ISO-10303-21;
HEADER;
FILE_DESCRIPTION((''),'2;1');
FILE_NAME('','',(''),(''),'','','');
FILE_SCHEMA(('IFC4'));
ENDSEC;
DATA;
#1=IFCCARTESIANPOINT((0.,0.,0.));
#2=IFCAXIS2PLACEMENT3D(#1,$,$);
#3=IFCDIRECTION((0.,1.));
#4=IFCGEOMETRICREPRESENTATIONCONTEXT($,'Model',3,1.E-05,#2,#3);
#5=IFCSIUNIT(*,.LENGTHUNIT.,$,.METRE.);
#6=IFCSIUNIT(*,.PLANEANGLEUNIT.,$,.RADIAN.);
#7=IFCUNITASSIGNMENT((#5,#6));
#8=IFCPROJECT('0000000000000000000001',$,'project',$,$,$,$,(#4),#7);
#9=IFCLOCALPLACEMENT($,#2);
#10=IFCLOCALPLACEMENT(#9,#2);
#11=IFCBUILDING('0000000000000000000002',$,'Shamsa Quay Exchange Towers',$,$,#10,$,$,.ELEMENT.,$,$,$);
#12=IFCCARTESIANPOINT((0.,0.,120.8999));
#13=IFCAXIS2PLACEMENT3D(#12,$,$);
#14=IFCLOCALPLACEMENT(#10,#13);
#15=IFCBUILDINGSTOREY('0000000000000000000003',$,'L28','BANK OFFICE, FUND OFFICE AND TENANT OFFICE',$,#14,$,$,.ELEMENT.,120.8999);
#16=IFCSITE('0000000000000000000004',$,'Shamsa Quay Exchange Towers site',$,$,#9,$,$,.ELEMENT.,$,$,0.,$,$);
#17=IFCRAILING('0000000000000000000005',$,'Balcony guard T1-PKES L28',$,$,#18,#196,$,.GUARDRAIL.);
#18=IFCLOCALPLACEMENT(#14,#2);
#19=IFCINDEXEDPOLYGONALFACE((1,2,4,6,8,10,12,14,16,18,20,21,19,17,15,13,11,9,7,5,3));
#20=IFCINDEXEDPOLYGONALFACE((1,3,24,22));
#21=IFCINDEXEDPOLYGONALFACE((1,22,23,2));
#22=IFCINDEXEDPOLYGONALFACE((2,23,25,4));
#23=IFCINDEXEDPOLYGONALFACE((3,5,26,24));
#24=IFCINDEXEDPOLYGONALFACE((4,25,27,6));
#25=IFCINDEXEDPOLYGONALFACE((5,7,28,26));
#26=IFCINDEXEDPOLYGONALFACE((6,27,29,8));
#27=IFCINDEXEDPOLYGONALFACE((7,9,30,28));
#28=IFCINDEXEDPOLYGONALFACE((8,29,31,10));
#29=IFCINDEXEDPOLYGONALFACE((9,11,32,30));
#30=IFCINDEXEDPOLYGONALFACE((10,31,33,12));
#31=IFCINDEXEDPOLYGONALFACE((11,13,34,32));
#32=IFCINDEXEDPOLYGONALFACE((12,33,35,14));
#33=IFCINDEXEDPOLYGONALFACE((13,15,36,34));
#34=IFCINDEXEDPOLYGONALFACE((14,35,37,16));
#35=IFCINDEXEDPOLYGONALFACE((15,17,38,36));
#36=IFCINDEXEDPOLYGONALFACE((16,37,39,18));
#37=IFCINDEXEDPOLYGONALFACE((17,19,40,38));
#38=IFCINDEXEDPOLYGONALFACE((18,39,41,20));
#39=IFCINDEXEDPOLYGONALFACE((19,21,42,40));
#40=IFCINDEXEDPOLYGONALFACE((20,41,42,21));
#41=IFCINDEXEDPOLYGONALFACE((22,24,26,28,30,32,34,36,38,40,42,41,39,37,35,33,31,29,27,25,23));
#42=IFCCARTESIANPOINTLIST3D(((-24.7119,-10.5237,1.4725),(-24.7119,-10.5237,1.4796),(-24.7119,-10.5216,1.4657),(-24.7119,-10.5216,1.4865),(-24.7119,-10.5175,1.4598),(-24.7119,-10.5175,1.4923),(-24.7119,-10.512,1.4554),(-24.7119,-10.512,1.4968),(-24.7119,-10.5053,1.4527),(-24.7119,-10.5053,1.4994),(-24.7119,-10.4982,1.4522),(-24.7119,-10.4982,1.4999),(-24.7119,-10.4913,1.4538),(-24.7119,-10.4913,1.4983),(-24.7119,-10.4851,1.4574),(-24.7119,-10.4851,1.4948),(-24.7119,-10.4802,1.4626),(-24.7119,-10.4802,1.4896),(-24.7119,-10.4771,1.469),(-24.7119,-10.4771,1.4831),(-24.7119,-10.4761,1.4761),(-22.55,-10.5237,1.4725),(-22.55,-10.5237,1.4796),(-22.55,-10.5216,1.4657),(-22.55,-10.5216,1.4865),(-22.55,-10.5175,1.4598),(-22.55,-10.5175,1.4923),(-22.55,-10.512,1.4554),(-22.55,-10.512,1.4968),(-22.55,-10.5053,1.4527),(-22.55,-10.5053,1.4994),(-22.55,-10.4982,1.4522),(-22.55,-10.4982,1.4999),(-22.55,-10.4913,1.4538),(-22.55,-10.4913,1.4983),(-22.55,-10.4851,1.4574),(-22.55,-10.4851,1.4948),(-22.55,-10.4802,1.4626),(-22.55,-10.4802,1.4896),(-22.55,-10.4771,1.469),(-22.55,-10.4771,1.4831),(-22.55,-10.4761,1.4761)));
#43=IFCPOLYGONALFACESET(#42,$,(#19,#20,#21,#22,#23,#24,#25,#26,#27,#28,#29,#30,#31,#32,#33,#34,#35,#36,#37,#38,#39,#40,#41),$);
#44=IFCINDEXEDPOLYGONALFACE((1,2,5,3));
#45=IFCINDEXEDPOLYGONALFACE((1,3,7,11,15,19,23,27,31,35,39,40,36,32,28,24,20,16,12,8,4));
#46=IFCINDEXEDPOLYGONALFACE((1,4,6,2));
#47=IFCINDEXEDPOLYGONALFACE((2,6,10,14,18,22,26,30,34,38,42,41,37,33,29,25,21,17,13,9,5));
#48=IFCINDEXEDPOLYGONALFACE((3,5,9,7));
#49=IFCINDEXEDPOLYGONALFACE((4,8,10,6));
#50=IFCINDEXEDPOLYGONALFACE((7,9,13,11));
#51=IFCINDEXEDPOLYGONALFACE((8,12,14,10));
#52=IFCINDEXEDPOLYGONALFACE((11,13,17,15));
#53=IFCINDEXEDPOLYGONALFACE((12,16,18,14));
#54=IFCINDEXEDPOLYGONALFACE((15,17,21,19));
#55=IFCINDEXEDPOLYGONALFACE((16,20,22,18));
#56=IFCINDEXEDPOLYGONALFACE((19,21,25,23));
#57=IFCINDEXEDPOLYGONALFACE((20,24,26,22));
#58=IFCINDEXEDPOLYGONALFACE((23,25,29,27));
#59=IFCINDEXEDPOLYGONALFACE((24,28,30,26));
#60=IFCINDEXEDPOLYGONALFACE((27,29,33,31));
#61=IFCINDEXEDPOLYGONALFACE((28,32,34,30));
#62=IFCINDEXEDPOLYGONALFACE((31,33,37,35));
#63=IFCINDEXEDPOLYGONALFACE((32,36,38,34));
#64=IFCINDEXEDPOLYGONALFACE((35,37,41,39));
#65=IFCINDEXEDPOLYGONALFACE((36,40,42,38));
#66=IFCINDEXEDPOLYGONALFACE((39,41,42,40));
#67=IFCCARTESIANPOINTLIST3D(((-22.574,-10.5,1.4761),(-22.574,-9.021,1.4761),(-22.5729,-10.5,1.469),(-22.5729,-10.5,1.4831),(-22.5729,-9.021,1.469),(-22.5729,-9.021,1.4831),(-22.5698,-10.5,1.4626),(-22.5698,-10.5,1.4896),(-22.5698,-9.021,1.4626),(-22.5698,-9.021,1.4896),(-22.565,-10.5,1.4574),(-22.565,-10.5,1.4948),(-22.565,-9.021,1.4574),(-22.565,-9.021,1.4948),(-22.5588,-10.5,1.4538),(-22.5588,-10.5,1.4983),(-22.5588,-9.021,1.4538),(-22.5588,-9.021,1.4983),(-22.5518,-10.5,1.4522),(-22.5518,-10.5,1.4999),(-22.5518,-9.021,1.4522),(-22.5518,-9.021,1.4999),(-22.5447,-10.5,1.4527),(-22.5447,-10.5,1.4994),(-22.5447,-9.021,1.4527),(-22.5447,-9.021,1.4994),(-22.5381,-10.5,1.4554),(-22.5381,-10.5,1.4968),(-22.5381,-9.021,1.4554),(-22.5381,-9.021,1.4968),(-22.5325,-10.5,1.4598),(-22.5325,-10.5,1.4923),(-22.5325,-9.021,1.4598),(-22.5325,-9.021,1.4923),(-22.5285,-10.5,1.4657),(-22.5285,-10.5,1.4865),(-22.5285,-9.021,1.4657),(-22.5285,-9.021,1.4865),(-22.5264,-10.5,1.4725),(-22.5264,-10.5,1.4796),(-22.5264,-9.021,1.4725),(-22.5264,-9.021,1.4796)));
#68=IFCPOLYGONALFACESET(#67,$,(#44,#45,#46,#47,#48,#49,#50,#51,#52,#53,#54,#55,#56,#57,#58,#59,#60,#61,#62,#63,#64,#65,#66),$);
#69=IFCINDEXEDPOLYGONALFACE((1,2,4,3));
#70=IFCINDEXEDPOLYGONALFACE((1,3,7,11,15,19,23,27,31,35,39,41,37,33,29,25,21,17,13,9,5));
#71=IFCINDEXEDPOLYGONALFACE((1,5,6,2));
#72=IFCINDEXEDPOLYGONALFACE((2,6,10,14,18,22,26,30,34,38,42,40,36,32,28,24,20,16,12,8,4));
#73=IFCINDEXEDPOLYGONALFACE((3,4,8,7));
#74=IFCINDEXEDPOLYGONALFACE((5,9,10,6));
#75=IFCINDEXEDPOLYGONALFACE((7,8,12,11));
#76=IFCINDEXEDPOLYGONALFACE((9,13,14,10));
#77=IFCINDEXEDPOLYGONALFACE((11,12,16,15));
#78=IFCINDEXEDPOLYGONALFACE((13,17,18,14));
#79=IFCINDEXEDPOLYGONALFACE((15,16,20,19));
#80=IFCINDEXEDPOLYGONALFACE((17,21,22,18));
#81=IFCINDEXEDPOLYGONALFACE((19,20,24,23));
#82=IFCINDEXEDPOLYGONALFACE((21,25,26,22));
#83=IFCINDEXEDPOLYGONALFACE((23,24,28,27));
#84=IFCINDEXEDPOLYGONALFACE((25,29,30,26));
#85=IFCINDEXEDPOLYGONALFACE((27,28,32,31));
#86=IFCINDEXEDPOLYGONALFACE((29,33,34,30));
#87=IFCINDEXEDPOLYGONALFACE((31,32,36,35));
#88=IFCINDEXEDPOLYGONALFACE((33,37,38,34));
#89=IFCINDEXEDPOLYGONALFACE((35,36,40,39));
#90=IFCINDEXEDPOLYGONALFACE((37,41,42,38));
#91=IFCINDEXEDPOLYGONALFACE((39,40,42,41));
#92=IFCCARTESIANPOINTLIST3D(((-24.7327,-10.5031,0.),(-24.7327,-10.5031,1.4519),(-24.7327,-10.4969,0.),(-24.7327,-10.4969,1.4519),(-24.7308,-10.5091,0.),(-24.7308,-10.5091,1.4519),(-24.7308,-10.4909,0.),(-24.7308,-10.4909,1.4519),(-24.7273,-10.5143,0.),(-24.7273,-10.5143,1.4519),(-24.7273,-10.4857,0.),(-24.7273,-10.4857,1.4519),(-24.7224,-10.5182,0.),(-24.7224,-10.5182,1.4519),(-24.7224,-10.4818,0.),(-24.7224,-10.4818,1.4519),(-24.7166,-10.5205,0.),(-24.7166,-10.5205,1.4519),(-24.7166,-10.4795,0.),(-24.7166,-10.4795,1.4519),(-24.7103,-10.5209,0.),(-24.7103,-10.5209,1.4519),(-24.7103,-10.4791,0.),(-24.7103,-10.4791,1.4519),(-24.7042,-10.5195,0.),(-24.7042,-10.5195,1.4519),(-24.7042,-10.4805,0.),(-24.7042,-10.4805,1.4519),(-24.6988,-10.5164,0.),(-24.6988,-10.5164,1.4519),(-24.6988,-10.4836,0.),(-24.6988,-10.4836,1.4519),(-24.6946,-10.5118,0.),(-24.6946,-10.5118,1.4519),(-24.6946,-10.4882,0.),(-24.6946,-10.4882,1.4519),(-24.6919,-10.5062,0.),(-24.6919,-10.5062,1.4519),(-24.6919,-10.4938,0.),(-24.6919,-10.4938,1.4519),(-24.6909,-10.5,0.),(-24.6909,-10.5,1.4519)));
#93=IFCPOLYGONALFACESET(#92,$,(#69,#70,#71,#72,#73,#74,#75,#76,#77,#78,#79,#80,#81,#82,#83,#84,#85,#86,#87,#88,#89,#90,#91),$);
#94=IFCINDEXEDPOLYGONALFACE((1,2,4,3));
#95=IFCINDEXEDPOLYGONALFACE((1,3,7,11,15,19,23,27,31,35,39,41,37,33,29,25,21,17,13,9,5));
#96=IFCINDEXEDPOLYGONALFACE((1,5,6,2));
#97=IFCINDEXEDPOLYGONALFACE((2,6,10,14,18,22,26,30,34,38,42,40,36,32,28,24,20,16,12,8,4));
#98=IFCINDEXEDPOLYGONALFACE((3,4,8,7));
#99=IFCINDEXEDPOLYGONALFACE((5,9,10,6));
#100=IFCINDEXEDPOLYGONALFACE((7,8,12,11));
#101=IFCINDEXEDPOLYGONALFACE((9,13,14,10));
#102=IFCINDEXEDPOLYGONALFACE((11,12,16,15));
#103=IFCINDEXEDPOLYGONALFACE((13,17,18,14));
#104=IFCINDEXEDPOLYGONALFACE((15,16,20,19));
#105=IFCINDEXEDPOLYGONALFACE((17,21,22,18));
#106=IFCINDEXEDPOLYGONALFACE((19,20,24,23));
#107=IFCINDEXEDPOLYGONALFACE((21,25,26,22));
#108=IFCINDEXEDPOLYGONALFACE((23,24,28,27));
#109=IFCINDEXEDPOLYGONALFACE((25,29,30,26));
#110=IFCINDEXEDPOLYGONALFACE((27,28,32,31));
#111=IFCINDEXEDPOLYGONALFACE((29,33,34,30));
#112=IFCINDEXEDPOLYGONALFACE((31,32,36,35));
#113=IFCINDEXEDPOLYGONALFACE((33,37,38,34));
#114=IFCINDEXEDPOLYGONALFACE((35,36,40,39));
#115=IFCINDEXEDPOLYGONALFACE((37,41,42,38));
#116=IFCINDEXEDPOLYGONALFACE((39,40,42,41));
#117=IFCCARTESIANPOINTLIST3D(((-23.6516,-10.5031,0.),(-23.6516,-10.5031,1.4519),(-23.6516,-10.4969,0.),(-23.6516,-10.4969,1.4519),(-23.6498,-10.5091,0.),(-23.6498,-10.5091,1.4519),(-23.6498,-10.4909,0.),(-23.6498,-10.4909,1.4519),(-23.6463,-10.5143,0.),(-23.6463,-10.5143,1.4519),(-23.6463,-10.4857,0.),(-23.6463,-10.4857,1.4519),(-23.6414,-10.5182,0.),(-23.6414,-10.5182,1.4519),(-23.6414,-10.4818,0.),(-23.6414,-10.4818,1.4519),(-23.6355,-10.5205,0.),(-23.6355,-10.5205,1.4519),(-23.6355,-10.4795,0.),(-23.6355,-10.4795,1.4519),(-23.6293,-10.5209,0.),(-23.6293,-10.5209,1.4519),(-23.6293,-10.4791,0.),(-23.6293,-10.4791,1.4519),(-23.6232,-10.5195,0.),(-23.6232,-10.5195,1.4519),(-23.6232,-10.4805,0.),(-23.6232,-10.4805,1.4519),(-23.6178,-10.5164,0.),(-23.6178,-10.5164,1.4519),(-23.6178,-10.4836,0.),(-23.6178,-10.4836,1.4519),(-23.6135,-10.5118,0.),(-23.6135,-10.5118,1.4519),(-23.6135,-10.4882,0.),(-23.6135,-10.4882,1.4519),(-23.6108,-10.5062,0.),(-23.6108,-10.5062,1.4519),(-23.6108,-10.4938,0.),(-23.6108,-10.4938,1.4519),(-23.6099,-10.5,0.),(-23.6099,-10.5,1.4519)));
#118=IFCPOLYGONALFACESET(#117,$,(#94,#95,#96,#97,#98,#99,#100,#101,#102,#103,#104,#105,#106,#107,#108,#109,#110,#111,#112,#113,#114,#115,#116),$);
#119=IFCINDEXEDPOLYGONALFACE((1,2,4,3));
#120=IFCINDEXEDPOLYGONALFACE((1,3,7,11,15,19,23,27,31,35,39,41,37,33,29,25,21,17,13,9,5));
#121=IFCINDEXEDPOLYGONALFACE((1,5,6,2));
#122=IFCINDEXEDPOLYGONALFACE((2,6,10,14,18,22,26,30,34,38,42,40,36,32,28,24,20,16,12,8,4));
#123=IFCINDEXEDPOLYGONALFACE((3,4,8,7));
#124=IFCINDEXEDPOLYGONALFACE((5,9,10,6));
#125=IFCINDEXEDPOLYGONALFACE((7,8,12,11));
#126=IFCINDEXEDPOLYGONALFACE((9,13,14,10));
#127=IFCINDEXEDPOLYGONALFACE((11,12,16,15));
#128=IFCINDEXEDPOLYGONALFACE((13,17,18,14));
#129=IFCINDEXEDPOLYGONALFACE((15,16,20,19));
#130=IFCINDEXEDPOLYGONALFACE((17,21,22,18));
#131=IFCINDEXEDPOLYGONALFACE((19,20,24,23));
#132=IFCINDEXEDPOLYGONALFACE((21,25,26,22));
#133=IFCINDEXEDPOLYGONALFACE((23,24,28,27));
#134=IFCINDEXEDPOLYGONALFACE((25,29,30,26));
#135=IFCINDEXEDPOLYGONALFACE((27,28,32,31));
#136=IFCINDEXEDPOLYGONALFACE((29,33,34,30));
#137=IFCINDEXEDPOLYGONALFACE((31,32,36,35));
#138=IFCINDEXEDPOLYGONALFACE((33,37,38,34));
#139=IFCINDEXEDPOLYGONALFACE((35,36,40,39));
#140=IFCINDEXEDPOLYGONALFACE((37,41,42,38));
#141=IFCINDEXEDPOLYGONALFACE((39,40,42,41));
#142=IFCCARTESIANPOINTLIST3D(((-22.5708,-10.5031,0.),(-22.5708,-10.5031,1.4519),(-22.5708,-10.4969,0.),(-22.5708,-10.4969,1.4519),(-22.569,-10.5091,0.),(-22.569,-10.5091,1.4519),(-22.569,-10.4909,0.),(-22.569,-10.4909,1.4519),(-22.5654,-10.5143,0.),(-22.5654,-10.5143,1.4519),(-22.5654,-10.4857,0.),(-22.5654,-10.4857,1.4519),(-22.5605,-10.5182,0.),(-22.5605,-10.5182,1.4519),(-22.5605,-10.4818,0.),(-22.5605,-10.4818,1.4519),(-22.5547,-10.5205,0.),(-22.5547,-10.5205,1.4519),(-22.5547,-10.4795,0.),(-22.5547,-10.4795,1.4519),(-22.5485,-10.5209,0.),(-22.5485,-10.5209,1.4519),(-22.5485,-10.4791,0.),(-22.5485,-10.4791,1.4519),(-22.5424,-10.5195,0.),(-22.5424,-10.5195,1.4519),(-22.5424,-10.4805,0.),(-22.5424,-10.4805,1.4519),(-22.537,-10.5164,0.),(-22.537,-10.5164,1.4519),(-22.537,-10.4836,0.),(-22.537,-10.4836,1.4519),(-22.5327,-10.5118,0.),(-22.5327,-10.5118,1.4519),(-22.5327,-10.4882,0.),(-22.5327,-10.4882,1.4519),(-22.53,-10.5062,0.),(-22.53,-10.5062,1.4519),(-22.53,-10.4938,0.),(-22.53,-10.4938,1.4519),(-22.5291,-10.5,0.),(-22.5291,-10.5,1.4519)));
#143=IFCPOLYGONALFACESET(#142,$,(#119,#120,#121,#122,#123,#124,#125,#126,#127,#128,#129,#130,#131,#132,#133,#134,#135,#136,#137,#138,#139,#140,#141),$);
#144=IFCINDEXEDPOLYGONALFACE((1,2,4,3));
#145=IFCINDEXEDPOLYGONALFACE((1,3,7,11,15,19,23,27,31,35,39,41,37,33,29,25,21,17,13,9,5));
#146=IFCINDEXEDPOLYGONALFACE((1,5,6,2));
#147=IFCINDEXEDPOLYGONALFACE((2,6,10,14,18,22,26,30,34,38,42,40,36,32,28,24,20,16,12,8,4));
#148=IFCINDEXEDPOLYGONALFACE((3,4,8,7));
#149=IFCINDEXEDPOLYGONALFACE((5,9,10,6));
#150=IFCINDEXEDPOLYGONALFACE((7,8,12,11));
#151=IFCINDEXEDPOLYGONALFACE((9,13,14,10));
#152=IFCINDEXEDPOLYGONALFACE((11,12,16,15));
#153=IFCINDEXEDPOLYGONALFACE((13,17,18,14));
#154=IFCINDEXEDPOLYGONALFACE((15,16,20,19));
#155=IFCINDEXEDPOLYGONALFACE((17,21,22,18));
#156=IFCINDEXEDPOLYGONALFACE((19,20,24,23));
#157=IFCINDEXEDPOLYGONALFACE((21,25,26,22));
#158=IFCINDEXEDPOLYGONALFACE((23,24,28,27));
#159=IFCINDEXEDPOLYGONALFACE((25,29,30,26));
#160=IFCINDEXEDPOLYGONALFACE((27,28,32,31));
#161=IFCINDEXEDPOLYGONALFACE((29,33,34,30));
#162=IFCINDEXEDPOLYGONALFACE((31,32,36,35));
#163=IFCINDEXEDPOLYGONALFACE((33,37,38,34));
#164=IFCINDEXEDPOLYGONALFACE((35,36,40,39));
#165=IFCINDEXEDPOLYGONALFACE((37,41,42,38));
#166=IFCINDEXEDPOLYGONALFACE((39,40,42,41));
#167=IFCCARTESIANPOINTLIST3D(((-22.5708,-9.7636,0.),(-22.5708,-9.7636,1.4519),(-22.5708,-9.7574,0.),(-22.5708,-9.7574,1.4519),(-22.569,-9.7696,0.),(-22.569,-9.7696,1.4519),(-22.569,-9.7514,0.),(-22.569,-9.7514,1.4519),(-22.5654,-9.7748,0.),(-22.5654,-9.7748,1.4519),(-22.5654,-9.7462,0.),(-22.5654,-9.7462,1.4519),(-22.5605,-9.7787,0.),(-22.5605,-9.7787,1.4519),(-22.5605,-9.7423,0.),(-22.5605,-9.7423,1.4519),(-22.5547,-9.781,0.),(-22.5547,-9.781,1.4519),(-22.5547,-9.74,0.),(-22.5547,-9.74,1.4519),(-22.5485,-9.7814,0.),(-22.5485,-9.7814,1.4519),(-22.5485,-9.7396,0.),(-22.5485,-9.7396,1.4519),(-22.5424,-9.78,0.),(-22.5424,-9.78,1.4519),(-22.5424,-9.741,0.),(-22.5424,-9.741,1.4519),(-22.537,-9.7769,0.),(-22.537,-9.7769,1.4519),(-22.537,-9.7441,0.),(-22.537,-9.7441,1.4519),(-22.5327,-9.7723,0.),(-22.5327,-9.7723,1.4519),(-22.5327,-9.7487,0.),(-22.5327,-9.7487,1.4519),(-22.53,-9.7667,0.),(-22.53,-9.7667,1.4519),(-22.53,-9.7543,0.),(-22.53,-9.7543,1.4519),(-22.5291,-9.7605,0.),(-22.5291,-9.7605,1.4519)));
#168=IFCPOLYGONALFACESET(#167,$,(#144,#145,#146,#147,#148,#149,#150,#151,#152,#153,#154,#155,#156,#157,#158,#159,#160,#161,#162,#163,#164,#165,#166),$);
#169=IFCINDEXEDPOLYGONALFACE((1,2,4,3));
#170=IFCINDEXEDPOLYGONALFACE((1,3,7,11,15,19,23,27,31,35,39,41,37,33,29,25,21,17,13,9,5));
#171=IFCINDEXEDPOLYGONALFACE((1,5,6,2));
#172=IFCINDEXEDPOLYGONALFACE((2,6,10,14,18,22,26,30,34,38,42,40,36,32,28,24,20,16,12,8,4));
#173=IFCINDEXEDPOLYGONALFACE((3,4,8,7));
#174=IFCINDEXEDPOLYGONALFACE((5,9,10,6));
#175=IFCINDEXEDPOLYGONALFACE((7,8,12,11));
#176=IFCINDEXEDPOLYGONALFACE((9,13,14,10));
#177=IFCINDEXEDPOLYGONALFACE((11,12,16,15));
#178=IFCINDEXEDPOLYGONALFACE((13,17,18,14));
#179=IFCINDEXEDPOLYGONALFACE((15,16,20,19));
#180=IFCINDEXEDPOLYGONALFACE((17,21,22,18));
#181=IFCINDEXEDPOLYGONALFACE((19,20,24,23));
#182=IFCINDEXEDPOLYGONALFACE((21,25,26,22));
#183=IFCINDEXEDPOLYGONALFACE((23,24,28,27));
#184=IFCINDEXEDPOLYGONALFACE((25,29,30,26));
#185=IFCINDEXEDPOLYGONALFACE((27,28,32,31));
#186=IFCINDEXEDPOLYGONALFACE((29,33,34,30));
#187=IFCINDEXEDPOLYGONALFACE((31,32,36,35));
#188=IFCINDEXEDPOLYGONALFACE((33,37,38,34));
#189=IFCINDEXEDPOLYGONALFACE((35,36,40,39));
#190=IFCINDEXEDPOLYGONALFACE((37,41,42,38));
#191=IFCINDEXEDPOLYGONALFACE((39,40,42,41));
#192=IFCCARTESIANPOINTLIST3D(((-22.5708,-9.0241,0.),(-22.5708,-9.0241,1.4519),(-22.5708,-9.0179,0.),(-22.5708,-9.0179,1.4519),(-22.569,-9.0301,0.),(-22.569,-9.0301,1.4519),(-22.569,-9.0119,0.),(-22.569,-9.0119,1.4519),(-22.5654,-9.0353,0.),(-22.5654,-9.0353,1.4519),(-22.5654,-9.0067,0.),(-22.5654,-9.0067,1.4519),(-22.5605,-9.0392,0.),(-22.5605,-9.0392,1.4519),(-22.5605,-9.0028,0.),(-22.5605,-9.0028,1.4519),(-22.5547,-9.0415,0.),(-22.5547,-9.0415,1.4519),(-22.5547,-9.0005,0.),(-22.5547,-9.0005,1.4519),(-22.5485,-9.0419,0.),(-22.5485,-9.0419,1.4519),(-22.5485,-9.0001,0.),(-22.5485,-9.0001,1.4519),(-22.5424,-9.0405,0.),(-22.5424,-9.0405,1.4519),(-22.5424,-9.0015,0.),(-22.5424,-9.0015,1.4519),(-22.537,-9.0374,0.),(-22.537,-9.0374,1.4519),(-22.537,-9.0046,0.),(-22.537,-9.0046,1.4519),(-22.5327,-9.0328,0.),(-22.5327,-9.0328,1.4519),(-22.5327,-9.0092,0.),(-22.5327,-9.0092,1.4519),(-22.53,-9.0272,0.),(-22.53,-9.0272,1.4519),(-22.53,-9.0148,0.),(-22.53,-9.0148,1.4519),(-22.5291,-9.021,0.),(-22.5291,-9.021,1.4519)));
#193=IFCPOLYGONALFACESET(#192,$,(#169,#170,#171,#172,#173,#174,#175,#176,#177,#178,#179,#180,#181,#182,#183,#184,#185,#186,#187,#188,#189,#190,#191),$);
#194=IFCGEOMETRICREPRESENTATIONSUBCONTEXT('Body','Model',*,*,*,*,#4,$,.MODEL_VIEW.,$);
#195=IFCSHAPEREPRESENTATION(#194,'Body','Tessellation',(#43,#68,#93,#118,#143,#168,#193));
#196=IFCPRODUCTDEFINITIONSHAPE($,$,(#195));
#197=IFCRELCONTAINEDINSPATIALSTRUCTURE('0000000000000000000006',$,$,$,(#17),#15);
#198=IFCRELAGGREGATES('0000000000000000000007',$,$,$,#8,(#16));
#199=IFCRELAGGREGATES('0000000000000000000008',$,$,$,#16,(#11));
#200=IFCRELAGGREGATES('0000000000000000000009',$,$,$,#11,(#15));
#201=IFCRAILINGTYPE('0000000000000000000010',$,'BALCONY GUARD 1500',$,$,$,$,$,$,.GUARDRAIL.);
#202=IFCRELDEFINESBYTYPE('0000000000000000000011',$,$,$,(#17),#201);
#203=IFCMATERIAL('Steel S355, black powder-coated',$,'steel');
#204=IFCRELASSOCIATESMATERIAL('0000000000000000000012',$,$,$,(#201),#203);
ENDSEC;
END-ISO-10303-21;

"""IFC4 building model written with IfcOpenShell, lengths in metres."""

from ifc_helpers import new_model, si_unit, direction, frame, origin, origin_2d, place, context, subcontext, project, spatial, circle, extrude, material, type_object, element, save


model = new_model("IFC4")

# Units and contexts
model_context = context("Model", 3, precision=1e-05, world=origin(), true_north=direction((0.0, 1.0)))
body_context = subcontext(model_context, "Body", "Model", "MODEL_VIEW")
ifc_project = project(units=[si_unit("LENGTHUNIT", "METRE"), si_unit("PLANEANGLEUNIT", "RADIAN")], contexts=[model_context])

# Site, building, storey
site_placement = place(None, origin())
site = spatial("IfcSite", under=ifc_project, at=site_placement, Name="Shamsa Quay Exchange Towers site", CompositionType="ELEMENT", RefElevation=0.0)
building_placement = place(site_placement, origin())
building = spatial("IfcBuilding", under=site, at=building_placement, Name="Shamsa Quay Exchange Towers", CompositionType="ELEMENT")
storey_placement = place(building_placement, frame((0.0, 0.0, 120.8999)))
storey = spatial("IfcBuildingStorey", under=building, at=storey_placement, Name="L28", Description="BANK OFFICE, FUND OFFICE AND TENANT OFFICE", CompositionType="ELEMENT", Elevation=120.8999)

# Railing
ifc_material_1 = material(Name="Steel S355, black powder-coated", Category="steel")
railing_type_1 = type_object("IfcRailingType", Name="BALCONY GUARD 1500", PredefinedType="GUARDRAIL", material=ifc_material_1)
for number, where, name in (
    (1, (-24.7119, -10.5, 0.0), "Balcony guard T1-PKES L28"),
):
    element("IfcRailing", number, at=place(storey_placement, frame(where)), inside=storey, type_object=railing_type_1, Name=name, PredefinedType="GUARDRAIL", context=body_context, shape_type="SweptSolid", body=[
        extrude(circle(Radius=0.0239, at=origin_2d()), frame((0.0, 0.0, 1.4761), z_axis=(1.0, 0.0, 0.0), x_axis=(0.0, 1.0, 0.0)), (0.0, 0.0, 1.0), 2.1619),
        extrude(circle(Radius=0.0239, at=origin_2d()), frame((2.1619, 0.0, 1.4761), z_axis=(0.0, 1.0, 0.0), x_axis=(-1.0, 0.0, 0.0)), (0.0, 0.0, 1.0), 1.479),
        extrude(circle(Radius=0.021, at=origin_2d()), origin(), (0.0, 0.0, 1.0), 1.4519),
        extrude(circle(Radius=0.021, at=origin_2d()), frame((1.0811, 0.0, 0.0)), (0.0, 0.0, 1.0), 1.4519),
        extrude(circle(Radius=0.021, at=origin_2d()), frame((2.1619, 0.0, 0.0)), (0.0, 0.0, 1.0), 1.4519),
        extrude(circle(Radius=0.021, at=origin_2d()), frame((2.1619, 0.7395, 0.0)), (0.0, 0.0, 1.0), 1.4519),
        extrude(circle(Radius=0.021, at=origin_2d()), frame((2.1619, 1.479, 0.0)), (0.0, 0.0, 1.0), 1.4519),
    ])

save(model, "model.ifc")
